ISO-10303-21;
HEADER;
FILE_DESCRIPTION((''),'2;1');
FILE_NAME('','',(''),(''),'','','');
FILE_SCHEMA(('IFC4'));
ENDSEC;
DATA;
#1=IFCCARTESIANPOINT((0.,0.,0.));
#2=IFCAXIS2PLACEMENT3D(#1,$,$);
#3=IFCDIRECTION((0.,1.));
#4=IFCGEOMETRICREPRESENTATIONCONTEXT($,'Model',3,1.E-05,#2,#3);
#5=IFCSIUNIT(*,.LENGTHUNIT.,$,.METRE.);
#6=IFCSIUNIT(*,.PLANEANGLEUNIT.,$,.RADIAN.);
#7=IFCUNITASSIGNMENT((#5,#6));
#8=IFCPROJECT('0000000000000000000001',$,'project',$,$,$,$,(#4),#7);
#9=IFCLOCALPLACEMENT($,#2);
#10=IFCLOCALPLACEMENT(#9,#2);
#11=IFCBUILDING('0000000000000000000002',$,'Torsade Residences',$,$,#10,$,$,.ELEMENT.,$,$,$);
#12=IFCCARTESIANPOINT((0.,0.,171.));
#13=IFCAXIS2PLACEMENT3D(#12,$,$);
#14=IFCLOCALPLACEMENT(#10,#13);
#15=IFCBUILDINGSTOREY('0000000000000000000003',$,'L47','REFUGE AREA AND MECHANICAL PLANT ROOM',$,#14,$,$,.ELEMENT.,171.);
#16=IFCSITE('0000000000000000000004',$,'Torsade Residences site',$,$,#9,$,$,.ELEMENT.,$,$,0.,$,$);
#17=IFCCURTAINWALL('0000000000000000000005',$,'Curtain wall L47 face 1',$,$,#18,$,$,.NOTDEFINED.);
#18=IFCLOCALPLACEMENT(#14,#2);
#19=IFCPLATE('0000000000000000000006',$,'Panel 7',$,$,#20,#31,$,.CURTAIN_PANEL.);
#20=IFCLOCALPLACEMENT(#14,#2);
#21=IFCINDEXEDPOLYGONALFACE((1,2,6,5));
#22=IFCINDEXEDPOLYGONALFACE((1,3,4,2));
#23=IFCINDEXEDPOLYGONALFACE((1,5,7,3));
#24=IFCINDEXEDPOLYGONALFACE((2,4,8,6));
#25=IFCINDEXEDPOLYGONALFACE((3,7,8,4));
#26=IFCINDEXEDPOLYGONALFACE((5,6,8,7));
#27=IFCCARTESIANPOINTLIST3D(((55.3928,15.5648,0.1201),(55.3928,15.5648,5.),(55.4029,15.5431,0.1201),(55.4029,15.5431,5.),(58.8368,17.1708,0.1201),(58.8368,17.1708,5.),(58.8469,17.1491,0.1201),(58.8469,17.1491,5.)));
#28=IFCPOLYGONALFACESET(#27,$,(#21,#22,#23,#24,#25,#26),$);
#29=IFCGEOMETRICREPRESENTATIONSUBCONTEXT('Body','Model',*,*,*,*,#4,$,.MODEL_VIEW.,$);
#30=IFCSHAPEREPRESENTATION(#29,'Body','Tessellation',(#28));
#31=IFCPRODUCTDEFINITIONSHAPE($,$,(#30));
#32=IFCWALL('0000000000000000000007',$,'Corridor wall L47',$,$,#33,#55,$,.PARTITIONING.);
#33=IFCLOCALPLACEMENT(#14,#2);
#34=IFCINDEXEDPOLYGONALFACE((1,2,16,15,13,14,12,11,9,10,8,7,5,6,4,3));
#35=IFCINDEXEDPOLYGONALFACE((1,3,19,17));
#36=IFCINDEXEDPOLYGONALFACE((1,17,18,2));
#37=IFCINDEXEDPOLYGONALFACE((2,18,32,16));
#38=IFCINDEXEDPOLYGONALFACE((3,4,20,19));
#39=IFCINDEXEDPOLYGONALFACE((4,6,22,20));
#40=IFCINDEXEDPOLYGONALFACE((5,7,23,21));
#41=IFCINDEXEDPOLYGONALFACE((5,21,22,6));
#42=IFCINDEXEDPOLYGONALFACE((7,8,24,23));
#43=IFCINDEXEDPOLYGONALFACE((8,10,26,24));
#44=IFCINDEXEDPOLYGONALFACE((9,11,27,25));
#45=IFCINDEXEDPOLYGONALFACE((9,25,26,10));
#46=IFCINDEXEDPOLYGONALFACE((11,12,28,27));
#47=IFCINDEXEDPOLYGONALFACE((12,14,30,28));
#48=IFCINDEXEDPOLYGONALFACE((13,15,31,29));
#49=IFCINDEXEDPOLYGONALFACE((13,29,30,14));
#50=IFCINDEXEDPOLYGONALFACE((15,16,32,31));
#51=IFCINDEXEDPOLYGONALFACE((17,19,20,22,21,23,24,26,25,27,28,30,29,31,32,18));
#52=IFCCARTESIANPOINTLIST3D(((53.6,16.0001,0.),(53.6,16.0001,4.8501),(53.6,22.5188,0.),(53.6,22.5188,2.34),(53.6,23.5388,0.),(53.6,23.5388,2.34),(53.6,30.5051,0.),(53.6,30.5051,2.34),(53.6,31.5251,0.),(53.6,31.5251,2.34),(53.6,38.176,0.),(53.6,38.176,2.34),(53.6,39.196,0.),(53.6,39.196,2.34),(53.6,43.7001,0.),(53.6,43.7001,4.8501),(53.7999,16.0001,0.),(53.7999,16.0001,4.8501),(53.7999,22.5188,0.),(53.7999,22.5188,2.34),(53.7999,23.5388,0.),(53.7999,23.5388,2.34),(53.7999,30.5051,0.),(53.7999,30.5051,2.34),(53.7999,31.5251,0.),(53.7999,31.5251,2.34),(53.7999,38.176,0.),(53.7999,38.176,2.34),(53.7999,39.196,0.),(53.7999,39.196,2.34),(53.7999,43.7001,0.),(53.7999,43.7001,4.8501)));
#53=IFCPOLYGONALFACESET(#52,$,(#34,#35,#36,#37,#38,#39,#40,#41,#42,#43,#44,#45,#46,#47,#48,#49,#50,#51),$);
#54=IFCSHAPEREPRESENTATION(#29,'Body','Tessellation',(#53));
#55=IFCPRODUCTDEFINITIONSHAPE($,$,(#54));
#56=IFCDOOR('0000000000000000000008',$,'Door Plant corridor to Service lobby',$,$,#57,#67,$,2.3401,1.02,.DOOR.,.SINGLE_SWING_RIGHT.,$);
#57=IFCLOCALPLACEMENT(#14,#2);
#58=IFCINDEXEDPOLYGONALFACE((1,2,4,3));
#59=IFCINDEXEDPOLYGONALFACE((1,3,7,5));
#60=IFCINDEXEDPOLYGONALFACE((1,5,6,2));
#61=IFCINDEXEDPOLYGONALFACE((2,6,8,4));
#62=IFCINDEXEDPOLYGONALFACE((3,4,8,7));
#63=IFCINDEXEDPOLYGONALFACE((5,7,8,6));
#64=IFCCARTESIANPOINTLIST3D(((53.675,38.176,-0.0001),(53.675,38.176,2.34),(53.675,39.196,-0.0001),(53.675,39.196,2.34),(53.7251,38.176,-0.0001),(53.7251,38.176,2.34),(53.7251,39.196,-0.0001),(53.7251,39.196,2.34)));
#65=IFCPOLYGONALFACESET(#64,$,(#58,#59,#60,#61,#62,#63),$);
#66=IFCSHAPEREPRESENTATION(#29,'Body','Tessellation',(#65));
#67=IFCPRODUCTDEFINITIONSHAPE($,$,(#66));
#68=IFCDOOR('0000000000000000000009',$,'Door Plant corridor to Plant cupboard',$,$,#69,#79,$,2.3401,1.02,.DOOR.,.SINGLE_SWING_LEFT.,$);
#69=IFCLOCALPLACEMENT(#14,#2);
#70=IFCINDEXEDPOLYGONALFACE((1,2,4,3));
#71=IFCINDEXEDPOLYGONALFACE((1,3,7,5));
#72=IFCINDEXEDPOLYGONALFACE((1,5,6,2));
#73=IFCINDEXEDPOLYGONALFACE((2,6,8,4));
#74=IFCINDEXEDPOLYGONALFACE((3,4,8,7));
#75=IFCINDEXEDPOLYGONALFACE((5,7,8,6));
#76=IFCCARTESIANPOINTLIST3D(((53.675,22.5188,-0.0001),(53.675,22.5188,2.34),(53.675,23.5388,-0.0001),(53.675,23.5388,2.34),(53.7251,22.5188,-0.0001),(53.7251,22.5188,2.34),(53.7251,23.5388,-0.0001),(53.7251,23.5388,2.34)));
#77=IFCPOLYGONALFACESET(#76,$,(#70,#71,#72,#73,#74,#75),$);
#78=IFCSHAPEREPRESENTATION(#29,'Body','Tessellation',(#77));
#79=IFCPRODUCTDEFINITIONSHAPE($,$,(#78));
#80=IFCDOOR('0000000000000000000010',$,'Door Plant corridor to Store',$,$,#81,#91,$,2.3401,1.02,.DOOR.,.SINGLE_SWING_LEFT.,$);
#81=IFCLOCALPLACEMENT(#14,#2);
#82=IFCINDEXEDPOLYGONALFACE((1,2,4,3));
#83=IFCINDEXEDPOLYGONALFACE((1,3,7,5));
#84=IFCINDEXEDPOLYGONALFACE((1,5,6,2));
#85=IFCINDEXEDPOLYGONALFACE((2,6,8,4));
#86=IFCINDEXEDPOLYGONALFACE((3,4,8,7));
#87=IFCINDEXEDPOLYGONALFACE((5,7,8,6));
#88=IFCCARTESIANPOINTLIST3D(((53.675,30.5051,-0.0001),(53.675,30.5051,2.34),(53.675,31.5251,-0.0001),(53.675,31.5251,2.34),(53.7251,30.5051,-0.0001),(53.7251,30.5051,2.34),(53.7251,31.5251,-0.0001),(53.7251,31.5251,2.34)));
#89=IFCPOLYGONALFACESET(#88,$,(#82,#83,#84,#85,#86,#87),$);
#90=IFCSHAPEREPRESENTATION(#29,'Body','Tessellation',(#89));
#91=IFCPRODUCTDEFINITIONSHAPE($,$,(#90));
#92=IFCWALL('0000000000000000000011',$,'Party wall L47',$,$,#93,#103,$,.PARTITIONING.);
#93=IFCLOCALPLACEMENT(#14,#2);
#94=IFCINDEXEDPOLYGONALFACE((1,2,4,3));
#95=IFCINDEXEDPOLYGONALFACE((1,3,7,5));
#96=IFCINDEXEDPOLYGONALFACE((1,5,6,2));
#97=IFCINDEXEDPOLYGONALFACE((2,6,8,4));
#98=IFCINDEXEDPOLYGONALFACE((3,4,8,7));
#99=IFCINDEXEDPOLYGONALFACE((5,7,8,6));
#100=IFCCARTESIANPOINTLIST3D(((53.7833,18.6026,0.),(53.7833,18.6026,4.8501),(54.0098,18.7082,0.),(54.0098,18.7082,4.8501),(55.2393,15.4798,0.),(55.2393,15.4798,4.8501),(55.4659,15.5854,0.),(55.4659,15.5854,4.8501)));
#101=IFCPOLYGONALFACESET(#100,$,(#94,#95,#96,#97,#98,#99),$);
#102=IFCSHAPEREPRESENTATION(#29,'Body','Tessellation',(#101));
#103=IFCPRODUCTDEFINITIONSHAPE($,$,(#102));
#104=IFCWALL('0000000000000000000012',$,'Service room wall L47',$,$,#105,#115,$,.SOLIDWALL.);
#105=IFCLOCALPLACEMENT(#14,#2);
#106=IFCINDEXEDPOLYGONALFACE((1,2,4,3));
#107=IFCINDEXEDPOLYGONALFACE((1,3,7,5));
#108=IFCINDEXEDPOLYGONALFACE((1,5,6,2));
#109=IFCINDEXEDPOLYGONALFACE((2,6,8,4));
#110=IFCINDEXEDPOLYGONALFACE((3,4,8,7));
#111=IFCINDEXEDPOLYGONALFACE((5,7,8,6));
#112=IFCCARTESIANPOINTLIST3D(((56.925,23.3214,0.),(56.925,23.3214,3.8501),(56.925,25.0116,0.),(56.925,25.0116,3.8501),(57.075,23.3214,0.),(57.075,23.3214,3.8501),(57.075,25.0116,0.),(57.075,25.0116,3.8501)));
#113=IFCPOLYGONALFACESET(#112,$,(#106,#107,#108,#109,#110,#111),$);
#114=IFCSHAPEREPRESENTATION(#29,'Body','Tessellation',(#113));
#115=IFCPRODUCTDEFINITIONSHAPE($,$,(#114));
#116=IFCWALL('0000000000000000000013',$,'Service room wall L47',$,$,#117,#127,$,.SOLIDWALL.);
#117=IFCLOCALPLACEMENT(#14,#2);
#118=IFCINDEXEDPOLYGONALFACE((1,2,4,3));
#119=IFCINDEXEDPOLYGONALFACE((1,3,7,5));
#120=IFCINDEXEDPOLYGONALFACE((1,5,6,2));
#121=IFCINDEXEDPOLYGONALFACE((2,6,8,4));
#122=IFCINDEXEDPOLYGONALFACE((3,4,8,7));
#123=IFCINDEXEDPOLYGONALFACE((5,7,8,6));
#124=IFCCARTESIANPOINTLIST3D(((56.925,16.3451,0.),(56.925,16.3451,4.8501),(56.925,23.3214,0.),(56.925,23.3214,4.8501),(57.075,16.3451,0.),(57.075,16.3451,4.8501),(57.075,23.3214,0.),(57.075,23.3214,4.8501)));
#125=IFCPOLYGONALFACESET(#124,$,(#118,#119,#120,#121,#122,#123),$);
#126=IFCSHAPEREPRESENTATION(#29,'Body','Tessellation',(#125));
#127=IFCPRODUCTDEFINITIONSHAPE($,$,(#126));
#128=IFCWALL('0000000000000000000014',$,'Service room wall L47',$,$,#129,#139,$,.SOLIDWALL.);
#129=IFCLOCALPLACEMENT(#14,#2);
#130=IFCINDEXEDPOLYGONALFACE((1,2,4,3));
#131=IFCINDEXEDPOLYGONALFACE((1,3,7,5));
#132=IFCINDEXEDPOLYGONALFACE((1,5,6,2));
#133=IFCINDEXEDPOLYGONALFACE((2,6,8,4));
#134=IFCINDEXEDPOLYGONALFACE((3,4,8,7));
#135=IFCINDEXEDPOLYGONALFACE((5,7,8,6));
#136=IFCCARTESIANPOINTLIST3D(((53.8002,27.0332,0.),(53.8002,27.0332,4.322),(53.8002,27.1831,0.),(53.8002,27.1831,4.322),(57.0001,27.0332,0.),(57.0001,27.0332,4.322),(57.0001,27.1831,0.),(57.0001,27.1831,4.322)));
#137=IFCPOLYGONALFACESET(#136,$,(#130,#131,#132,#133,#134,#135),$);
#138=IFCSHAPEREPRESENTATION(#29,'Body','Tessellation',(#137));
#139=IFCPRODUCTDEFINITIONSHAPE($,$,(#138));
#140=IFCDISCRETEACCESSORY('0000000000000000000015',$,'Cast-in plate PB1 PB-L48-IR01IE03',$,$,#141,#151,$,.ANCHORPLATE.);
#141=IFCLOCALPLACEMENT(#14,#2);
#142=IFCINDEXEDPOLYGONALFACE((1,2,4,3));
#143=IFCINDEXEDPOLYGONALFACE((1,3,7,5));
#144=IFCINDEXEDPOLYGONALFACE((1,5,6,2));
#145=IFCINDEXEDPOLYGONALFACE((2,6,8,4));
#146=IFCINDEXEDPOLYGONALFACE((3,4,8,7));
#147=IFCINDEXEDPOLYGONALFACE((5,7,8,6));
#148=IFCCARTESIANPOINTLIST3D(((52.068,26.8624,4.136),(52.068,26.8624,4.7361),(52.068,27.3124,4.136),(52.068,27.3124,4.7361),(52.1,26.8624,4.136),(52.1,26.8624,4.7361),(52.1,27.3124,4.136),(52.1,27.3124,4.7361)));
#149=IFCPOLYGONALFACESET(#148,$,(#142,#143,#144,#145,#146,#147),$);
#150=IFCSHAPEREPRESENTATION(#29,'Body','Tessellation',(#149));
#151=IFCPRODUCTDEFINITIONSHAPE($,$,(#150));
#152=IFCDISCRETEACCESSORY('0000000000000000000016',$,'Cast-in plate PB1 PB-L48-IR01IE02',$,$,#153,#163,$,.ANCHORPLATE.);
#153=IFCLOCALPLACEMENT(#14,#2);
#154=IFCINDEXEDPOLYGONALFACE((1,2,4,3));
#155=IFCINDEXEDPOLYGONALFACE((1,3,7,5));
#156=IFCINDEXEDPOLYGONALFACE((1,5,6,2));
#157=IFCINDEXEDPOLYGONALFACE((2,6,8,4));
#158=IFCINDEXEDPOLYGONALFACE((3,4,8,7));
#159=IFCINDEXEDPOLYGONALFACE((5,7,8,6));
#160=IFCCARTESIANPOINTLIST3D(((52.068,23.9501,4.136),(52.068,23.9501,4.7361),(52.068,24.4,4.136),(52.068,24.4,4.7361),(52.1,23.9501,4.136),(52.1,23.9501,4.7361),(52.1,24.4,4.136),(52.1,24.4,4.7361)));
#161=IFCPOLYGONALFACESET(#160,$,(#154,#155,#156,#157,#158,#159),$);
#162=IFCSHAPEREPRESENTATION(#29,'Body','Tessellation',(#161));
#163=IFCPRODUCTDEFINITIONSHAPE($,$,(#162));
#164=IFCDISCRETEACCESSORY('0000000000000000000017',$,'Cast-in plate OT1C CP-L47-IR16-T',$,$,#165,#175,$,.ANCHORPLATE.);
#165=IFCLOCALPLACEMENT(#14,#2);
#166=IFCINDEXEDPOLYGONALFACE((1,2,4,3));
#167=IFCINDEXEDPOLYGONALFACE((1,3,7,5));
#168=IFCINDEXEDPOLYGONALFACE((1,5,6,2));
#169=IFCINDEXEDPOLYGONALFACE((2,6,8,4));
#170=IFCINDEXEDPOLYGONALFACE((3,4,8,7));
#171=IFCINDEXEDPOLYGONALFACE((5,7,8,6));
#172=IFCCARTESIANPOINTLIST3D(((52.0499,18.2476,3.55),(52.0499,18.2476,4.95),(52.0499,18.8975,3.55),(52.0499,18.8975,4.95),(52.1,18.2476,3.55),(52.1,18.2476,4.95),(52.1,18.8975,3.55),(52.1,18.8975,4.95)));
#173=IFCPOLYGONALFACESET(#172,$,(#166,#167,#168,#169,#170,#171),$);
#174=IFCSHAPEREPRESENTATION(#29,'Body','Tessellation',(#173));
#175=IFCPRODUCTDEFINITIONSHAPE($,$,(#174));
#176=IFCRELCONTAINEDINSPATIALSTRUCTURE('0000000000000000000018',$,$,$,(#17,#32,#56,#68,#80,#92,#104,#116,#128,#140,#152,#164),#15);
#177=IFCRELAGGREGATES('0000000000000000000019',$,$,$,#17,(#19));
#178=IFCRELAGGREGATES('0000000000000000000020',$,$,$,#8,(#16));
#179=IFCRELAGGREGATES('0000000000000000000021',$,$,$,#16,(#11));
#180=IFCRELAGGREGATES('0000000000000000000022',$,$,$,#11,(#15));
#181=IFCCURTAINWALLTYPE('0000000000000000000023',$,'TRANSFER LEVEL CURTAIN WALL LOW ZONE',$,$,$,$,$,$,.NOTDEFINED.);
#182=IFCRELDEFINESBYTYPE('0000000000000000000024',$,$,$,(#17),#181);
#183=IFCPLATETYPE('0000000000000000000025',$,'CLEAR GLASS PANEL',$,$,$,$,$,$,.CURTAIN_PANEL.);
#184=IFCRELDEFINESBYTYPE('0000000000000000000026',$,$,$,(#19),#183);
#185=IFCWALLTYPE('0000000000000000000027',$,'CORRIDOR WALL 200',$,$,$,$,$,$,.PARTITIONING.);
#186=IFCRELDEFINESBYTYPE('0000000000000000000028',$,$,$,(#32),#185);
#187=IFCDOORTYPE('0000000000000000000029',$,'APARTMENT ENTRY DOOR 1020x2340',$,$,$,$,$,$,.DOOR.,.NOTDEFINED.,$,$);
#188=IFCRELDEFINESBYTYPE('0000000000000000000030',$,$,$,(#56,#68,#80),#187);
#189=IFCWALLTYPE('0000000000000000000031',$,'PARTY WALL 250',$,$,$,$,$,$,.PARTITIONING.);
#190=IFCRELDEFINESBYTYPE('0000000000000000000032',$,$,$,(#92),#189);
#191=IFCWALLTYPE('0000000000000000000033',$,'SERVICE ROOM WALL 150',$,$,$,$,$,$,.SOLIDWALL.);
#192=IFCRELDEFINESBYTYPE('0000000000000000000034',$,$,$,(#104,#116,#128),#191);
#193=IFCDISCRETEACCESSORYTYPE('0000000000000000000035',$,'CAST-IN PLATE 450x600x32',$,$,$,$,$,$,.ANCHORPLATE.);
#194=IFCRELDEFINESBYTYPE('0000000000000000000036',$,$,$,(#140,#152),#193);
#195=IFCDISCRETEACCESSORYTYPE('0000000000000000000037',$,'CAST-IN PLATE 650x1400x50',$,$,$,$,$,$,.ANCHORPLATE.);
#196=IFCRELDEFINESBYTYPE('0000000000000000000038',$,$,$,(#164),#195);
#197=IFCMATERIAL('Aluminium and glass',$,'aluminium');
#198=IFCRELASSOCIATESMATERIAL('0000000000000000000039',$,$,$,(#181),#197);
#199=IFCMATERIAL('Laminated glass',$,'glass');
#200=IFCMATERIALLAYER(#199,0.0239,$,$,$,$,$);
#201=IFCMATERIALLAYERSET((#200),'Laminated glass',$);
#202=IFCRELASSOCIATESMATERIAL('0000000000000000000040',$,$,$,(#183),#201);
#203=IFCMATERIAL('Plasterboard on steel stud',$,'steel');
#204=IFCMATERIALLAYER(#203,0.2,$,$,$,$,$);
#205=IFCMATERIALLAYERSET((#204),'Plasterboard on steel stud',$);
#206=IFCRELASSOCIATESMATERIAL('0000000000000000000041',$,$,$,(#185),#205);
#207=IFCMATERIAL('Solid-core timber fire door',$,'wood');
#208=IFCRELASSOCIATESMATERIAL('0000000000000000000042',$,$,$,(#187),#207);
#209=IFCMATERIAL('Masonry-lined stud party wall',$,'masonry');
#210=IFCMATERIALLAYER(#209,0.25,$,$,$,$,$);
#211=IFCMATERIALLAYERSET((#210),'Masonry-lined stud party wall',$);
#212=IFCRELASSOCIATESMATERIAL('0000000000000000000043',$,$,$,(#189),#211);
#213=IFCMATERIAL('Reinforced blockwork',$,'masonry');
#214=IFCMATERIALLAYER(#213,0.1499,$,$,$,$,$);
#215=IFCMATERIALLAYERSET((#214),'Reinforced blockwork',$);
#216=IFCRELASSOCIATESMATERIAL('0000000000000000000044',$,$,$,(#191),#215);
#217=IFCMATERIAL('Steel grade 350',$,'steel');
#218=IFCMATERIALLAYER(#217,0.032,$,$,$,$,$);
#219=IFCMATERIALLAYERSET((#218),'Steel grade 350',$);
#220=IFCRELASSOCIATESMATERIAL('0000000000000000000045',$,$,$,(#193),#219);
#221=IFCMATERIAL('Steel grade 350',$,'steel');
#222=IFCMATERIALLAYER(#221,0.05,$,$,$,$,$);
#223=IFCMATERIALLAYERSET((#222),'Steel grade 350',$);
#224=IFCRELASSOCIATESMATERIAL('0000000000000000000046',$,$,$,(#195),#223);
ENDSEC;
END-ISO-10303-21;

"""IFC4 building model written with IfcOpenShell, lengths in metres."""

from ifc_helpers import new_model, si_unit, direction, frame, frame_2d, origin, origin_2d, place, context, subcontext, project, spatial, rectangle, extrude, material, layer, layer_set, type_object, element, fill, aggregate, save


model = new_model("IFC4")

# Units and contexts
model_context = context("Model", 3, precision=1e-05, world=origin(), true_north=direction((0.0, 1.0)))
body_context = subcontext(model_context, "Body", "Model", "MODEL_VIEW")
ifc_project = project(units=[si_unit("LENGTHUNIT", "METRE"), si_unit("PLANEANGLEUNIT", "RADIAN")], contexts=[model_context])

# Site, building, storey
site_placement = place(None, origin())
site = spatial("IfcSite", under=ifc_project, at=site_placement, Name="Torsade Residences site", CompositionType="ELEMENT", RefElevation=0.0)
building_placement = place(site_placement, origin())
building = spatial("IfcBuilding", under=site, at=building_placement, Name="Torsade Residences", CompositionType="ELEMENT")
storey_placement = place(building_placement, frame((0.0, 0.0, 171.0)))
storey = spatial("IfcBuildingStorey", under=building, at=storey_placement, Name="L47", Description="REFUGE AREA AND MECHANICAL PLANT ROOM", CompositionType="ELEMENT", Elevation=171.0)

# Curtain wall
ifc_material_1 = material(Name="Aluminium and glass", Category="aluminium")
curtain_wall_type = type_object("IfcCurtainWallType", Name="TRANSFER LEVEL CURTAIN WALL LOW ZONE", PredefinedType="NOTDEFINED", material=ifc_material_1)
curtain_wall_placement = place(storey_placement, origin())
curtain_wall = element("IfcCurtainWall", 1, at=curtain_wall_placement, inside=storey, type_object=curtain_wall_type, Name="Curtain wall L47 face 1", PredefinedType="NOTDEFINED")

# Plate
ifc_material_2 = material(Name="Laminated glass", Category="glass")
ifc_layer_1 = layer(ifc_material_2, 0.0239)
ifc_layer_set_1 = layer_set([ifc_layer_1], Name="Laminated glass")
plate_type = type_object("IfcPlateType", Name="CLEAR GLASS PANEL", PredefinedType="CURTAIN_PANEL", material=ifc_layer_set_1)
plate_1_placement = place(storey_placement, frame((57.1199, 16.3569, 0.1201), z_axis=(0.0, 0.0, 1.0), x_axis=(0.906308, 0.422618, 0.0)))
plate_1 = element("IfcPlate", 2, at=plate_1_placement, type_object=plate_type, Name="Panel 7", PredefinedType="CURTAIN_PANEL", context=body_context, shape_type="SweptSolid", body=[
    extrude(rectangle(XDim=3.8, YDim=0.0239, at=origin_2d()), origin(), (0.0, 0.0, 1.0), 4.8799),
])
aggregate(curtain_wall, [plate_1])

# Wall, openings, doors
ifc_material_3 = material(Name="Plasterboard on steel stud", Category="steel")
ifc_layer_2 = layer(ifc_material_3, 0.2)
ifc_layer_set_2 = layer_set([ifc_layer_2], Name="Plasterboard on steel stud")
wall_type_1 = type_object("IfcWallType", Name="CORRIDOR WALL 200", PredefinedType="PARTITIONING", material=ifc_layer_set_2)
wall_1_placement = place(storey_placement, frame((53.7, 16.0, 0.0), z_axis=(0.0, 0.0, 1.0), x_axis=(0.0, 1.0, 0.0)))
wall_1 = element("IfcWall", 3, at=wall_1_placement, inside=storey, type_object=wall_type_1, Name="Corridor wall L47", PredefinedType="PARTITIONING", context=body_context, shape_type="SweptSolid", body=[
    extrude(rectangle(XDim=27.7, YDim=0.2, at=frame_2d((13.8501, 0.0))), origin(), (0.0, 0.0, 1.0), 4.8501),
])
opening_1_placement = place(wall_1_placement, frame((22.176, 0.0, 0.0)))
opening_1 = element("IfcOpeningElement", 4, at=opening_1_placement, cuts=wall_1, PredefinedType="OPENING", context=body_context, shape_type="SweptSolid", body=[
    extrude(rectangle(XDim=1.02, YDim=2.3401, at=frame_2d((0.51, 1.1699))), frame((0.0, 0.1099, 0.0), z_axis=(0.0, -1.0, 0.0), x_axis=(1.0, 0.0, 0.0)), (0.0, 0.0, 1.0), 0.22),
])
opening_2_placement = place(wall_1_placement, frame((6.5188, 0.0, 0.0)))
opening_2 = element("IfcOpeningElement", 5, at=opening_2_placement, cuts=wall_1, PredefinedType="OPENING", context=body_context, shape_type="SweptSolid", body=[
    extrude(rectangle(XDim=1.02, YDim=2.3401, at=frame_2d((0.51, 1.1699))), frame((0.0, 0.1099, 0.0), z_axis=(0.0, -1.0, 0.0), x_axis=(1.0, 0.0, 0.0)), (0.0, 0.0, 1.0), 0.22),
])
opening_3_placement = place(wall_1_placement, frame((14.5051, 0.0, 0.0)))
opening_3 = element("IfcOpeningElement", 6, at=opening_3_placement, cuts=wall_1, PredefinedType="OPENING", context=body_context, shape_type="SweptSolid", body=[
    extrude(rectangle(XDim=1.02, YDim=2.3401, at=frame_2d((0.51, 1.1699))), frame((0.0, 0.1099, 0.0), z_axis=(0.0, -1.0, 0.0), x_axis=(1.0, 0.0, 0.0)), (0.0, 0.0, 1.0), 0.22),
])
ifc_material_4 = material(Name="Solid-core timber fire door", Category="wood")
door_type = type_object("IfcDoorType", Name="APARTMENT ENTRY DOOR 1020x2340", OperationType="NOTDEFINED", PredefinedType="DOOR", material=ifc_material_4)
door_1_placement = place(opening_1_placement, origin())
door_1 = element("IfcDoor", 7, at=door_1_placement, inside=storey, type_object=door_type, Name="Door Plant corridor to Service lobby", OperationType="SINGLE_SWING_RIGHT", OverallHeight=2.3401, OverallWidth=1.02, PredefinedType="DOOR", context=body_context, shape_type="SweptSolid", body=[
    extrude(rectangle(XDim=1.02, YDim=2.3401, at=frame_2d((0.51, 1.1699))), frame((0.0, 0.0249, 0.0), z_axis=(0.0, -1.0, 0.0), x_axis=(1.0, 0.0, 0.0)), (0.0, 0.0, 1.0), 0.05),
])
fill(opening_1, door_1)
door_2_placement = place(opening_2_placement, origin())
door_2 = element("IfcDoor", 8, at=door_2_placement, inside=storey, type_object=door_type, Name="Door Plant corridor to Plant cupboard", OperationType="SINGLE_SWING_LEFT", OverallHeight=2.3401, OverallWidth=1.02, PredefinedType="DOOR", context=body_context, shape_type="SweptSolid", body=[
    extrude(rectangle(XDim=1.02, YDim=2.3401, at=frame_2d((0.51, 1.1699))), frame((0.0, 0.0249, 0.0), z_axis=(0.0, -1.0, 0.0), x_axis=(1.0, 0.0, 0.0)), (0.0, 0.0, 1.0), 0.05),
])
fill(opening_2, door_2)
door_3_placement = place(opening_3_placement, origin())
door_3 = element("IfcDoor", 9, at=door_3_placement, inside=storey, type_object=door_type, Name="Door Plant corridor to Store", OperationType="SINGLE_SWING_LEFT", OverallHeight=2.3401, OverallWidth=1.02, PredefinedType="DOOR", context=body_context, shape_type="SweptSolid", body=[
    extrude(rectangle(XDim=1.02, YDim=2.3401, at=frame_2d((0.51, 1.1699))), frame((0.0, 0.0249, 0.0), z_axis=(0.0, -1.0, 0.0), x_axis=(1.0, 0.0, 0.0)), (0.0, 0.0, 1.0), 0.05),
])
fill(opening_3, door_3)

# Walls
ifc_material_5 = material(Name="Masonry-lined stud party wall", Category="masonry")
ifc_layer_3 = layer(ifc_material_5, 0.25)
ifc_layer_set_3 = layer_set([ifc_layer_3], Name="Masonry-lined stud party wall")
wall_type_2 = type_object("IfcWallType", Name="PARTY WALL 250", PredefinedType="PARTITIONING", material=ifc_layer_set_3)
wall_2_placement = place(storey_placement, frame((55.3525, 15.5327, 0.0), z_axis=(0.0, 0.0, 1.0), x_axis=(-0.422587, 0.906322, 0.0)))
element("IfcWall", 10, at=wall_2_placement, inside=storey, type_object=wall_type_2, Name="Party wall L47", PredefinedType="PARTITIONING", context=body_context, shape_type="SweptSolid", body=[
    extrude(rectangle(XDim=3.4456, YDim=0.25, at=frame_2d((1.7227, 0.0))), origin(), (0.0, 0.0, 1.0), 4.8501),
])
ifc_material_6 = material(Name="Reinforced blockwork", Category="masonry")
ifc_layer_4 = layer(ifc_material_6, 0.1499)
ifc_layer_set_4 = layer_set([ifc_layer_4], Name="Reinforced blockwork")
wall_type_3 = type_object("IfcWallType", Name="SERVICE ROOM WALL 150", PredefinedType="SOLIDWALL", material=ifc_layer_set_4)
wall_3_placement = place(storey_placement, frame((57.0, 25.0117, 0.0), z_axis=(0.0, 0.0, 1.0), x_axis=(0.0, -1.0, 0.0)))
element("IfcWall", 11, at=wall_3_placement, inside=storey, type_object=wall_type_3, Name="Service room wall L47", PredefinedType="SOLIDWALL", context=body_context, shape_type="SweptSolid", body=[
    extrude(rectangle(XDim=1.6902, YDim=0.1499, at=frame_2d((0.8452, 0.0))), origin(), (0.0, 0.0, 1.0), 3.8501),
])
wall_4_placement = place(storey_placement, frame((57.0, 23.3215, 0.0), z_axis=(0.0, 0.0, 1.0), x_axis=(0.0, -1.0, 0.0)))
element("IfcWall", 12, at=wall_4_placement, inside=storey, type_object=wall_type_3, Name="Service room wall L47", PredefinedType="SOLIDWALL", context=body_context, shape_type="SweptSolid", body=[
    extrude(rectangle(XDim=6.9763, YDim=0.1499, at=frame_2d((3.4883, 0.0))), origin(), (0.0, 0.0, 1.0), 4.8501),
])
wall_5_placement = place(storey_placement, frame((53.8, 27.1082, 0.0), z_axis=(0.0, 0.0, 1.0), x_axis=(1.0, 0.0, 0.0)))
element("IfcWall", 13, at=wall_5_placement, inside=storey, type_object=wall_type_3, Name="Service room wall L47", PredefinedType="SOLIDWALL", context=body_context, shape_type="SweptSolid", body=[
    extrude(rectangle(XDim=3.2, YDim=0.1499, at=frame_2d((1.6001, 0.0))), origin(), (0.0, 0.0, 1.0), 4.322),
])

# Discrete accessories
ifc_material_7 = material(Name="Steel grade 350", Category="steel")
ifc_layer_5 = layer(ifc_material_7, 0.032)
ifc_layer_set_5 = layer_set([ifc_layer_5], Name="Steel grade 350")
discrete_accessory_type_1 = type_object("IfcDiscreteAccessoryType", Name="CAST-IN PLATE 450x600x32", PredefinedType="ANCHORPLATE", material=ifc_layer_set_5)
for number, where, z_axis, x_axis, name in (
    (14, (52.084, 27.0874, 4.136), (0.0, 0.0, 1.0), (1.0, 0.0, 0.0), "Cast-in plate PB1 PB-L48-IR01IE03"),
    (15, (52.084, 24.175, 4.136), (0.0, 0.0, 1.0), (1.0, 0.0, 0.0), "Cast-in plate PB1 PB-L48-IR01IE02"),
):
    element("IfcDiscreteAccessory", number, at=place(storey_placement, frame(where, z_axis=z_axis, x_axis=x_axis)), inside=storey, type_object=discrete_accessory_type_1, Name=name, PredefinedType="ANCHORPLATE", context=body_context, shape_type="SweptSolid", body=[
        extrude(rectangle(XDim=0.032, YDim=0.45, at=origin_2d()), origin(), (0.0, 0.0, 1.0), 0.6001),
    ])
ifc_material_8 = material(Name="Steel grade 350", Category="steel")
ifc_layer_6 = layer(ifc_material_8, 0.05)
ifc_layer_set_6 = layer_set([ifc_layer_6], Name="Steel grade 350")
discrete_accessory_type_2 = type_object("IfcDiscreteAccessoryType", Name="CAST-IN PLATE 650x1400x50", PredefinedType="ANCHORPLATE", material=ifc_layer_set_6)
for number, where, z_axis, x_axis, name in (
    (16, (52.075, 18.5725, 3.55), (0.0, 0.0, 1.0), (1.0, 0.0, 0.0), "Cast-in plate OT1C CP-L47-IR16-T"),
):
    element("IfcDiscreteAccessory", number, at=place(storey_placement, frame(where, z_axis=z_axis, x_axis=x_axis)), inside=storey, type_object=discrete_accessory_type_2, Name=name, PredefinedType="ANCHORPLATE", context=body_context, shape_type="SweptSolid", body=[
        extrude(rectangle(XDim=0.05, YDim=0.6499, at=origin_2d()), origin(), (0.0, 0.0, 1.0), 1.3999),
    ])

save(model, "model.ifc")
